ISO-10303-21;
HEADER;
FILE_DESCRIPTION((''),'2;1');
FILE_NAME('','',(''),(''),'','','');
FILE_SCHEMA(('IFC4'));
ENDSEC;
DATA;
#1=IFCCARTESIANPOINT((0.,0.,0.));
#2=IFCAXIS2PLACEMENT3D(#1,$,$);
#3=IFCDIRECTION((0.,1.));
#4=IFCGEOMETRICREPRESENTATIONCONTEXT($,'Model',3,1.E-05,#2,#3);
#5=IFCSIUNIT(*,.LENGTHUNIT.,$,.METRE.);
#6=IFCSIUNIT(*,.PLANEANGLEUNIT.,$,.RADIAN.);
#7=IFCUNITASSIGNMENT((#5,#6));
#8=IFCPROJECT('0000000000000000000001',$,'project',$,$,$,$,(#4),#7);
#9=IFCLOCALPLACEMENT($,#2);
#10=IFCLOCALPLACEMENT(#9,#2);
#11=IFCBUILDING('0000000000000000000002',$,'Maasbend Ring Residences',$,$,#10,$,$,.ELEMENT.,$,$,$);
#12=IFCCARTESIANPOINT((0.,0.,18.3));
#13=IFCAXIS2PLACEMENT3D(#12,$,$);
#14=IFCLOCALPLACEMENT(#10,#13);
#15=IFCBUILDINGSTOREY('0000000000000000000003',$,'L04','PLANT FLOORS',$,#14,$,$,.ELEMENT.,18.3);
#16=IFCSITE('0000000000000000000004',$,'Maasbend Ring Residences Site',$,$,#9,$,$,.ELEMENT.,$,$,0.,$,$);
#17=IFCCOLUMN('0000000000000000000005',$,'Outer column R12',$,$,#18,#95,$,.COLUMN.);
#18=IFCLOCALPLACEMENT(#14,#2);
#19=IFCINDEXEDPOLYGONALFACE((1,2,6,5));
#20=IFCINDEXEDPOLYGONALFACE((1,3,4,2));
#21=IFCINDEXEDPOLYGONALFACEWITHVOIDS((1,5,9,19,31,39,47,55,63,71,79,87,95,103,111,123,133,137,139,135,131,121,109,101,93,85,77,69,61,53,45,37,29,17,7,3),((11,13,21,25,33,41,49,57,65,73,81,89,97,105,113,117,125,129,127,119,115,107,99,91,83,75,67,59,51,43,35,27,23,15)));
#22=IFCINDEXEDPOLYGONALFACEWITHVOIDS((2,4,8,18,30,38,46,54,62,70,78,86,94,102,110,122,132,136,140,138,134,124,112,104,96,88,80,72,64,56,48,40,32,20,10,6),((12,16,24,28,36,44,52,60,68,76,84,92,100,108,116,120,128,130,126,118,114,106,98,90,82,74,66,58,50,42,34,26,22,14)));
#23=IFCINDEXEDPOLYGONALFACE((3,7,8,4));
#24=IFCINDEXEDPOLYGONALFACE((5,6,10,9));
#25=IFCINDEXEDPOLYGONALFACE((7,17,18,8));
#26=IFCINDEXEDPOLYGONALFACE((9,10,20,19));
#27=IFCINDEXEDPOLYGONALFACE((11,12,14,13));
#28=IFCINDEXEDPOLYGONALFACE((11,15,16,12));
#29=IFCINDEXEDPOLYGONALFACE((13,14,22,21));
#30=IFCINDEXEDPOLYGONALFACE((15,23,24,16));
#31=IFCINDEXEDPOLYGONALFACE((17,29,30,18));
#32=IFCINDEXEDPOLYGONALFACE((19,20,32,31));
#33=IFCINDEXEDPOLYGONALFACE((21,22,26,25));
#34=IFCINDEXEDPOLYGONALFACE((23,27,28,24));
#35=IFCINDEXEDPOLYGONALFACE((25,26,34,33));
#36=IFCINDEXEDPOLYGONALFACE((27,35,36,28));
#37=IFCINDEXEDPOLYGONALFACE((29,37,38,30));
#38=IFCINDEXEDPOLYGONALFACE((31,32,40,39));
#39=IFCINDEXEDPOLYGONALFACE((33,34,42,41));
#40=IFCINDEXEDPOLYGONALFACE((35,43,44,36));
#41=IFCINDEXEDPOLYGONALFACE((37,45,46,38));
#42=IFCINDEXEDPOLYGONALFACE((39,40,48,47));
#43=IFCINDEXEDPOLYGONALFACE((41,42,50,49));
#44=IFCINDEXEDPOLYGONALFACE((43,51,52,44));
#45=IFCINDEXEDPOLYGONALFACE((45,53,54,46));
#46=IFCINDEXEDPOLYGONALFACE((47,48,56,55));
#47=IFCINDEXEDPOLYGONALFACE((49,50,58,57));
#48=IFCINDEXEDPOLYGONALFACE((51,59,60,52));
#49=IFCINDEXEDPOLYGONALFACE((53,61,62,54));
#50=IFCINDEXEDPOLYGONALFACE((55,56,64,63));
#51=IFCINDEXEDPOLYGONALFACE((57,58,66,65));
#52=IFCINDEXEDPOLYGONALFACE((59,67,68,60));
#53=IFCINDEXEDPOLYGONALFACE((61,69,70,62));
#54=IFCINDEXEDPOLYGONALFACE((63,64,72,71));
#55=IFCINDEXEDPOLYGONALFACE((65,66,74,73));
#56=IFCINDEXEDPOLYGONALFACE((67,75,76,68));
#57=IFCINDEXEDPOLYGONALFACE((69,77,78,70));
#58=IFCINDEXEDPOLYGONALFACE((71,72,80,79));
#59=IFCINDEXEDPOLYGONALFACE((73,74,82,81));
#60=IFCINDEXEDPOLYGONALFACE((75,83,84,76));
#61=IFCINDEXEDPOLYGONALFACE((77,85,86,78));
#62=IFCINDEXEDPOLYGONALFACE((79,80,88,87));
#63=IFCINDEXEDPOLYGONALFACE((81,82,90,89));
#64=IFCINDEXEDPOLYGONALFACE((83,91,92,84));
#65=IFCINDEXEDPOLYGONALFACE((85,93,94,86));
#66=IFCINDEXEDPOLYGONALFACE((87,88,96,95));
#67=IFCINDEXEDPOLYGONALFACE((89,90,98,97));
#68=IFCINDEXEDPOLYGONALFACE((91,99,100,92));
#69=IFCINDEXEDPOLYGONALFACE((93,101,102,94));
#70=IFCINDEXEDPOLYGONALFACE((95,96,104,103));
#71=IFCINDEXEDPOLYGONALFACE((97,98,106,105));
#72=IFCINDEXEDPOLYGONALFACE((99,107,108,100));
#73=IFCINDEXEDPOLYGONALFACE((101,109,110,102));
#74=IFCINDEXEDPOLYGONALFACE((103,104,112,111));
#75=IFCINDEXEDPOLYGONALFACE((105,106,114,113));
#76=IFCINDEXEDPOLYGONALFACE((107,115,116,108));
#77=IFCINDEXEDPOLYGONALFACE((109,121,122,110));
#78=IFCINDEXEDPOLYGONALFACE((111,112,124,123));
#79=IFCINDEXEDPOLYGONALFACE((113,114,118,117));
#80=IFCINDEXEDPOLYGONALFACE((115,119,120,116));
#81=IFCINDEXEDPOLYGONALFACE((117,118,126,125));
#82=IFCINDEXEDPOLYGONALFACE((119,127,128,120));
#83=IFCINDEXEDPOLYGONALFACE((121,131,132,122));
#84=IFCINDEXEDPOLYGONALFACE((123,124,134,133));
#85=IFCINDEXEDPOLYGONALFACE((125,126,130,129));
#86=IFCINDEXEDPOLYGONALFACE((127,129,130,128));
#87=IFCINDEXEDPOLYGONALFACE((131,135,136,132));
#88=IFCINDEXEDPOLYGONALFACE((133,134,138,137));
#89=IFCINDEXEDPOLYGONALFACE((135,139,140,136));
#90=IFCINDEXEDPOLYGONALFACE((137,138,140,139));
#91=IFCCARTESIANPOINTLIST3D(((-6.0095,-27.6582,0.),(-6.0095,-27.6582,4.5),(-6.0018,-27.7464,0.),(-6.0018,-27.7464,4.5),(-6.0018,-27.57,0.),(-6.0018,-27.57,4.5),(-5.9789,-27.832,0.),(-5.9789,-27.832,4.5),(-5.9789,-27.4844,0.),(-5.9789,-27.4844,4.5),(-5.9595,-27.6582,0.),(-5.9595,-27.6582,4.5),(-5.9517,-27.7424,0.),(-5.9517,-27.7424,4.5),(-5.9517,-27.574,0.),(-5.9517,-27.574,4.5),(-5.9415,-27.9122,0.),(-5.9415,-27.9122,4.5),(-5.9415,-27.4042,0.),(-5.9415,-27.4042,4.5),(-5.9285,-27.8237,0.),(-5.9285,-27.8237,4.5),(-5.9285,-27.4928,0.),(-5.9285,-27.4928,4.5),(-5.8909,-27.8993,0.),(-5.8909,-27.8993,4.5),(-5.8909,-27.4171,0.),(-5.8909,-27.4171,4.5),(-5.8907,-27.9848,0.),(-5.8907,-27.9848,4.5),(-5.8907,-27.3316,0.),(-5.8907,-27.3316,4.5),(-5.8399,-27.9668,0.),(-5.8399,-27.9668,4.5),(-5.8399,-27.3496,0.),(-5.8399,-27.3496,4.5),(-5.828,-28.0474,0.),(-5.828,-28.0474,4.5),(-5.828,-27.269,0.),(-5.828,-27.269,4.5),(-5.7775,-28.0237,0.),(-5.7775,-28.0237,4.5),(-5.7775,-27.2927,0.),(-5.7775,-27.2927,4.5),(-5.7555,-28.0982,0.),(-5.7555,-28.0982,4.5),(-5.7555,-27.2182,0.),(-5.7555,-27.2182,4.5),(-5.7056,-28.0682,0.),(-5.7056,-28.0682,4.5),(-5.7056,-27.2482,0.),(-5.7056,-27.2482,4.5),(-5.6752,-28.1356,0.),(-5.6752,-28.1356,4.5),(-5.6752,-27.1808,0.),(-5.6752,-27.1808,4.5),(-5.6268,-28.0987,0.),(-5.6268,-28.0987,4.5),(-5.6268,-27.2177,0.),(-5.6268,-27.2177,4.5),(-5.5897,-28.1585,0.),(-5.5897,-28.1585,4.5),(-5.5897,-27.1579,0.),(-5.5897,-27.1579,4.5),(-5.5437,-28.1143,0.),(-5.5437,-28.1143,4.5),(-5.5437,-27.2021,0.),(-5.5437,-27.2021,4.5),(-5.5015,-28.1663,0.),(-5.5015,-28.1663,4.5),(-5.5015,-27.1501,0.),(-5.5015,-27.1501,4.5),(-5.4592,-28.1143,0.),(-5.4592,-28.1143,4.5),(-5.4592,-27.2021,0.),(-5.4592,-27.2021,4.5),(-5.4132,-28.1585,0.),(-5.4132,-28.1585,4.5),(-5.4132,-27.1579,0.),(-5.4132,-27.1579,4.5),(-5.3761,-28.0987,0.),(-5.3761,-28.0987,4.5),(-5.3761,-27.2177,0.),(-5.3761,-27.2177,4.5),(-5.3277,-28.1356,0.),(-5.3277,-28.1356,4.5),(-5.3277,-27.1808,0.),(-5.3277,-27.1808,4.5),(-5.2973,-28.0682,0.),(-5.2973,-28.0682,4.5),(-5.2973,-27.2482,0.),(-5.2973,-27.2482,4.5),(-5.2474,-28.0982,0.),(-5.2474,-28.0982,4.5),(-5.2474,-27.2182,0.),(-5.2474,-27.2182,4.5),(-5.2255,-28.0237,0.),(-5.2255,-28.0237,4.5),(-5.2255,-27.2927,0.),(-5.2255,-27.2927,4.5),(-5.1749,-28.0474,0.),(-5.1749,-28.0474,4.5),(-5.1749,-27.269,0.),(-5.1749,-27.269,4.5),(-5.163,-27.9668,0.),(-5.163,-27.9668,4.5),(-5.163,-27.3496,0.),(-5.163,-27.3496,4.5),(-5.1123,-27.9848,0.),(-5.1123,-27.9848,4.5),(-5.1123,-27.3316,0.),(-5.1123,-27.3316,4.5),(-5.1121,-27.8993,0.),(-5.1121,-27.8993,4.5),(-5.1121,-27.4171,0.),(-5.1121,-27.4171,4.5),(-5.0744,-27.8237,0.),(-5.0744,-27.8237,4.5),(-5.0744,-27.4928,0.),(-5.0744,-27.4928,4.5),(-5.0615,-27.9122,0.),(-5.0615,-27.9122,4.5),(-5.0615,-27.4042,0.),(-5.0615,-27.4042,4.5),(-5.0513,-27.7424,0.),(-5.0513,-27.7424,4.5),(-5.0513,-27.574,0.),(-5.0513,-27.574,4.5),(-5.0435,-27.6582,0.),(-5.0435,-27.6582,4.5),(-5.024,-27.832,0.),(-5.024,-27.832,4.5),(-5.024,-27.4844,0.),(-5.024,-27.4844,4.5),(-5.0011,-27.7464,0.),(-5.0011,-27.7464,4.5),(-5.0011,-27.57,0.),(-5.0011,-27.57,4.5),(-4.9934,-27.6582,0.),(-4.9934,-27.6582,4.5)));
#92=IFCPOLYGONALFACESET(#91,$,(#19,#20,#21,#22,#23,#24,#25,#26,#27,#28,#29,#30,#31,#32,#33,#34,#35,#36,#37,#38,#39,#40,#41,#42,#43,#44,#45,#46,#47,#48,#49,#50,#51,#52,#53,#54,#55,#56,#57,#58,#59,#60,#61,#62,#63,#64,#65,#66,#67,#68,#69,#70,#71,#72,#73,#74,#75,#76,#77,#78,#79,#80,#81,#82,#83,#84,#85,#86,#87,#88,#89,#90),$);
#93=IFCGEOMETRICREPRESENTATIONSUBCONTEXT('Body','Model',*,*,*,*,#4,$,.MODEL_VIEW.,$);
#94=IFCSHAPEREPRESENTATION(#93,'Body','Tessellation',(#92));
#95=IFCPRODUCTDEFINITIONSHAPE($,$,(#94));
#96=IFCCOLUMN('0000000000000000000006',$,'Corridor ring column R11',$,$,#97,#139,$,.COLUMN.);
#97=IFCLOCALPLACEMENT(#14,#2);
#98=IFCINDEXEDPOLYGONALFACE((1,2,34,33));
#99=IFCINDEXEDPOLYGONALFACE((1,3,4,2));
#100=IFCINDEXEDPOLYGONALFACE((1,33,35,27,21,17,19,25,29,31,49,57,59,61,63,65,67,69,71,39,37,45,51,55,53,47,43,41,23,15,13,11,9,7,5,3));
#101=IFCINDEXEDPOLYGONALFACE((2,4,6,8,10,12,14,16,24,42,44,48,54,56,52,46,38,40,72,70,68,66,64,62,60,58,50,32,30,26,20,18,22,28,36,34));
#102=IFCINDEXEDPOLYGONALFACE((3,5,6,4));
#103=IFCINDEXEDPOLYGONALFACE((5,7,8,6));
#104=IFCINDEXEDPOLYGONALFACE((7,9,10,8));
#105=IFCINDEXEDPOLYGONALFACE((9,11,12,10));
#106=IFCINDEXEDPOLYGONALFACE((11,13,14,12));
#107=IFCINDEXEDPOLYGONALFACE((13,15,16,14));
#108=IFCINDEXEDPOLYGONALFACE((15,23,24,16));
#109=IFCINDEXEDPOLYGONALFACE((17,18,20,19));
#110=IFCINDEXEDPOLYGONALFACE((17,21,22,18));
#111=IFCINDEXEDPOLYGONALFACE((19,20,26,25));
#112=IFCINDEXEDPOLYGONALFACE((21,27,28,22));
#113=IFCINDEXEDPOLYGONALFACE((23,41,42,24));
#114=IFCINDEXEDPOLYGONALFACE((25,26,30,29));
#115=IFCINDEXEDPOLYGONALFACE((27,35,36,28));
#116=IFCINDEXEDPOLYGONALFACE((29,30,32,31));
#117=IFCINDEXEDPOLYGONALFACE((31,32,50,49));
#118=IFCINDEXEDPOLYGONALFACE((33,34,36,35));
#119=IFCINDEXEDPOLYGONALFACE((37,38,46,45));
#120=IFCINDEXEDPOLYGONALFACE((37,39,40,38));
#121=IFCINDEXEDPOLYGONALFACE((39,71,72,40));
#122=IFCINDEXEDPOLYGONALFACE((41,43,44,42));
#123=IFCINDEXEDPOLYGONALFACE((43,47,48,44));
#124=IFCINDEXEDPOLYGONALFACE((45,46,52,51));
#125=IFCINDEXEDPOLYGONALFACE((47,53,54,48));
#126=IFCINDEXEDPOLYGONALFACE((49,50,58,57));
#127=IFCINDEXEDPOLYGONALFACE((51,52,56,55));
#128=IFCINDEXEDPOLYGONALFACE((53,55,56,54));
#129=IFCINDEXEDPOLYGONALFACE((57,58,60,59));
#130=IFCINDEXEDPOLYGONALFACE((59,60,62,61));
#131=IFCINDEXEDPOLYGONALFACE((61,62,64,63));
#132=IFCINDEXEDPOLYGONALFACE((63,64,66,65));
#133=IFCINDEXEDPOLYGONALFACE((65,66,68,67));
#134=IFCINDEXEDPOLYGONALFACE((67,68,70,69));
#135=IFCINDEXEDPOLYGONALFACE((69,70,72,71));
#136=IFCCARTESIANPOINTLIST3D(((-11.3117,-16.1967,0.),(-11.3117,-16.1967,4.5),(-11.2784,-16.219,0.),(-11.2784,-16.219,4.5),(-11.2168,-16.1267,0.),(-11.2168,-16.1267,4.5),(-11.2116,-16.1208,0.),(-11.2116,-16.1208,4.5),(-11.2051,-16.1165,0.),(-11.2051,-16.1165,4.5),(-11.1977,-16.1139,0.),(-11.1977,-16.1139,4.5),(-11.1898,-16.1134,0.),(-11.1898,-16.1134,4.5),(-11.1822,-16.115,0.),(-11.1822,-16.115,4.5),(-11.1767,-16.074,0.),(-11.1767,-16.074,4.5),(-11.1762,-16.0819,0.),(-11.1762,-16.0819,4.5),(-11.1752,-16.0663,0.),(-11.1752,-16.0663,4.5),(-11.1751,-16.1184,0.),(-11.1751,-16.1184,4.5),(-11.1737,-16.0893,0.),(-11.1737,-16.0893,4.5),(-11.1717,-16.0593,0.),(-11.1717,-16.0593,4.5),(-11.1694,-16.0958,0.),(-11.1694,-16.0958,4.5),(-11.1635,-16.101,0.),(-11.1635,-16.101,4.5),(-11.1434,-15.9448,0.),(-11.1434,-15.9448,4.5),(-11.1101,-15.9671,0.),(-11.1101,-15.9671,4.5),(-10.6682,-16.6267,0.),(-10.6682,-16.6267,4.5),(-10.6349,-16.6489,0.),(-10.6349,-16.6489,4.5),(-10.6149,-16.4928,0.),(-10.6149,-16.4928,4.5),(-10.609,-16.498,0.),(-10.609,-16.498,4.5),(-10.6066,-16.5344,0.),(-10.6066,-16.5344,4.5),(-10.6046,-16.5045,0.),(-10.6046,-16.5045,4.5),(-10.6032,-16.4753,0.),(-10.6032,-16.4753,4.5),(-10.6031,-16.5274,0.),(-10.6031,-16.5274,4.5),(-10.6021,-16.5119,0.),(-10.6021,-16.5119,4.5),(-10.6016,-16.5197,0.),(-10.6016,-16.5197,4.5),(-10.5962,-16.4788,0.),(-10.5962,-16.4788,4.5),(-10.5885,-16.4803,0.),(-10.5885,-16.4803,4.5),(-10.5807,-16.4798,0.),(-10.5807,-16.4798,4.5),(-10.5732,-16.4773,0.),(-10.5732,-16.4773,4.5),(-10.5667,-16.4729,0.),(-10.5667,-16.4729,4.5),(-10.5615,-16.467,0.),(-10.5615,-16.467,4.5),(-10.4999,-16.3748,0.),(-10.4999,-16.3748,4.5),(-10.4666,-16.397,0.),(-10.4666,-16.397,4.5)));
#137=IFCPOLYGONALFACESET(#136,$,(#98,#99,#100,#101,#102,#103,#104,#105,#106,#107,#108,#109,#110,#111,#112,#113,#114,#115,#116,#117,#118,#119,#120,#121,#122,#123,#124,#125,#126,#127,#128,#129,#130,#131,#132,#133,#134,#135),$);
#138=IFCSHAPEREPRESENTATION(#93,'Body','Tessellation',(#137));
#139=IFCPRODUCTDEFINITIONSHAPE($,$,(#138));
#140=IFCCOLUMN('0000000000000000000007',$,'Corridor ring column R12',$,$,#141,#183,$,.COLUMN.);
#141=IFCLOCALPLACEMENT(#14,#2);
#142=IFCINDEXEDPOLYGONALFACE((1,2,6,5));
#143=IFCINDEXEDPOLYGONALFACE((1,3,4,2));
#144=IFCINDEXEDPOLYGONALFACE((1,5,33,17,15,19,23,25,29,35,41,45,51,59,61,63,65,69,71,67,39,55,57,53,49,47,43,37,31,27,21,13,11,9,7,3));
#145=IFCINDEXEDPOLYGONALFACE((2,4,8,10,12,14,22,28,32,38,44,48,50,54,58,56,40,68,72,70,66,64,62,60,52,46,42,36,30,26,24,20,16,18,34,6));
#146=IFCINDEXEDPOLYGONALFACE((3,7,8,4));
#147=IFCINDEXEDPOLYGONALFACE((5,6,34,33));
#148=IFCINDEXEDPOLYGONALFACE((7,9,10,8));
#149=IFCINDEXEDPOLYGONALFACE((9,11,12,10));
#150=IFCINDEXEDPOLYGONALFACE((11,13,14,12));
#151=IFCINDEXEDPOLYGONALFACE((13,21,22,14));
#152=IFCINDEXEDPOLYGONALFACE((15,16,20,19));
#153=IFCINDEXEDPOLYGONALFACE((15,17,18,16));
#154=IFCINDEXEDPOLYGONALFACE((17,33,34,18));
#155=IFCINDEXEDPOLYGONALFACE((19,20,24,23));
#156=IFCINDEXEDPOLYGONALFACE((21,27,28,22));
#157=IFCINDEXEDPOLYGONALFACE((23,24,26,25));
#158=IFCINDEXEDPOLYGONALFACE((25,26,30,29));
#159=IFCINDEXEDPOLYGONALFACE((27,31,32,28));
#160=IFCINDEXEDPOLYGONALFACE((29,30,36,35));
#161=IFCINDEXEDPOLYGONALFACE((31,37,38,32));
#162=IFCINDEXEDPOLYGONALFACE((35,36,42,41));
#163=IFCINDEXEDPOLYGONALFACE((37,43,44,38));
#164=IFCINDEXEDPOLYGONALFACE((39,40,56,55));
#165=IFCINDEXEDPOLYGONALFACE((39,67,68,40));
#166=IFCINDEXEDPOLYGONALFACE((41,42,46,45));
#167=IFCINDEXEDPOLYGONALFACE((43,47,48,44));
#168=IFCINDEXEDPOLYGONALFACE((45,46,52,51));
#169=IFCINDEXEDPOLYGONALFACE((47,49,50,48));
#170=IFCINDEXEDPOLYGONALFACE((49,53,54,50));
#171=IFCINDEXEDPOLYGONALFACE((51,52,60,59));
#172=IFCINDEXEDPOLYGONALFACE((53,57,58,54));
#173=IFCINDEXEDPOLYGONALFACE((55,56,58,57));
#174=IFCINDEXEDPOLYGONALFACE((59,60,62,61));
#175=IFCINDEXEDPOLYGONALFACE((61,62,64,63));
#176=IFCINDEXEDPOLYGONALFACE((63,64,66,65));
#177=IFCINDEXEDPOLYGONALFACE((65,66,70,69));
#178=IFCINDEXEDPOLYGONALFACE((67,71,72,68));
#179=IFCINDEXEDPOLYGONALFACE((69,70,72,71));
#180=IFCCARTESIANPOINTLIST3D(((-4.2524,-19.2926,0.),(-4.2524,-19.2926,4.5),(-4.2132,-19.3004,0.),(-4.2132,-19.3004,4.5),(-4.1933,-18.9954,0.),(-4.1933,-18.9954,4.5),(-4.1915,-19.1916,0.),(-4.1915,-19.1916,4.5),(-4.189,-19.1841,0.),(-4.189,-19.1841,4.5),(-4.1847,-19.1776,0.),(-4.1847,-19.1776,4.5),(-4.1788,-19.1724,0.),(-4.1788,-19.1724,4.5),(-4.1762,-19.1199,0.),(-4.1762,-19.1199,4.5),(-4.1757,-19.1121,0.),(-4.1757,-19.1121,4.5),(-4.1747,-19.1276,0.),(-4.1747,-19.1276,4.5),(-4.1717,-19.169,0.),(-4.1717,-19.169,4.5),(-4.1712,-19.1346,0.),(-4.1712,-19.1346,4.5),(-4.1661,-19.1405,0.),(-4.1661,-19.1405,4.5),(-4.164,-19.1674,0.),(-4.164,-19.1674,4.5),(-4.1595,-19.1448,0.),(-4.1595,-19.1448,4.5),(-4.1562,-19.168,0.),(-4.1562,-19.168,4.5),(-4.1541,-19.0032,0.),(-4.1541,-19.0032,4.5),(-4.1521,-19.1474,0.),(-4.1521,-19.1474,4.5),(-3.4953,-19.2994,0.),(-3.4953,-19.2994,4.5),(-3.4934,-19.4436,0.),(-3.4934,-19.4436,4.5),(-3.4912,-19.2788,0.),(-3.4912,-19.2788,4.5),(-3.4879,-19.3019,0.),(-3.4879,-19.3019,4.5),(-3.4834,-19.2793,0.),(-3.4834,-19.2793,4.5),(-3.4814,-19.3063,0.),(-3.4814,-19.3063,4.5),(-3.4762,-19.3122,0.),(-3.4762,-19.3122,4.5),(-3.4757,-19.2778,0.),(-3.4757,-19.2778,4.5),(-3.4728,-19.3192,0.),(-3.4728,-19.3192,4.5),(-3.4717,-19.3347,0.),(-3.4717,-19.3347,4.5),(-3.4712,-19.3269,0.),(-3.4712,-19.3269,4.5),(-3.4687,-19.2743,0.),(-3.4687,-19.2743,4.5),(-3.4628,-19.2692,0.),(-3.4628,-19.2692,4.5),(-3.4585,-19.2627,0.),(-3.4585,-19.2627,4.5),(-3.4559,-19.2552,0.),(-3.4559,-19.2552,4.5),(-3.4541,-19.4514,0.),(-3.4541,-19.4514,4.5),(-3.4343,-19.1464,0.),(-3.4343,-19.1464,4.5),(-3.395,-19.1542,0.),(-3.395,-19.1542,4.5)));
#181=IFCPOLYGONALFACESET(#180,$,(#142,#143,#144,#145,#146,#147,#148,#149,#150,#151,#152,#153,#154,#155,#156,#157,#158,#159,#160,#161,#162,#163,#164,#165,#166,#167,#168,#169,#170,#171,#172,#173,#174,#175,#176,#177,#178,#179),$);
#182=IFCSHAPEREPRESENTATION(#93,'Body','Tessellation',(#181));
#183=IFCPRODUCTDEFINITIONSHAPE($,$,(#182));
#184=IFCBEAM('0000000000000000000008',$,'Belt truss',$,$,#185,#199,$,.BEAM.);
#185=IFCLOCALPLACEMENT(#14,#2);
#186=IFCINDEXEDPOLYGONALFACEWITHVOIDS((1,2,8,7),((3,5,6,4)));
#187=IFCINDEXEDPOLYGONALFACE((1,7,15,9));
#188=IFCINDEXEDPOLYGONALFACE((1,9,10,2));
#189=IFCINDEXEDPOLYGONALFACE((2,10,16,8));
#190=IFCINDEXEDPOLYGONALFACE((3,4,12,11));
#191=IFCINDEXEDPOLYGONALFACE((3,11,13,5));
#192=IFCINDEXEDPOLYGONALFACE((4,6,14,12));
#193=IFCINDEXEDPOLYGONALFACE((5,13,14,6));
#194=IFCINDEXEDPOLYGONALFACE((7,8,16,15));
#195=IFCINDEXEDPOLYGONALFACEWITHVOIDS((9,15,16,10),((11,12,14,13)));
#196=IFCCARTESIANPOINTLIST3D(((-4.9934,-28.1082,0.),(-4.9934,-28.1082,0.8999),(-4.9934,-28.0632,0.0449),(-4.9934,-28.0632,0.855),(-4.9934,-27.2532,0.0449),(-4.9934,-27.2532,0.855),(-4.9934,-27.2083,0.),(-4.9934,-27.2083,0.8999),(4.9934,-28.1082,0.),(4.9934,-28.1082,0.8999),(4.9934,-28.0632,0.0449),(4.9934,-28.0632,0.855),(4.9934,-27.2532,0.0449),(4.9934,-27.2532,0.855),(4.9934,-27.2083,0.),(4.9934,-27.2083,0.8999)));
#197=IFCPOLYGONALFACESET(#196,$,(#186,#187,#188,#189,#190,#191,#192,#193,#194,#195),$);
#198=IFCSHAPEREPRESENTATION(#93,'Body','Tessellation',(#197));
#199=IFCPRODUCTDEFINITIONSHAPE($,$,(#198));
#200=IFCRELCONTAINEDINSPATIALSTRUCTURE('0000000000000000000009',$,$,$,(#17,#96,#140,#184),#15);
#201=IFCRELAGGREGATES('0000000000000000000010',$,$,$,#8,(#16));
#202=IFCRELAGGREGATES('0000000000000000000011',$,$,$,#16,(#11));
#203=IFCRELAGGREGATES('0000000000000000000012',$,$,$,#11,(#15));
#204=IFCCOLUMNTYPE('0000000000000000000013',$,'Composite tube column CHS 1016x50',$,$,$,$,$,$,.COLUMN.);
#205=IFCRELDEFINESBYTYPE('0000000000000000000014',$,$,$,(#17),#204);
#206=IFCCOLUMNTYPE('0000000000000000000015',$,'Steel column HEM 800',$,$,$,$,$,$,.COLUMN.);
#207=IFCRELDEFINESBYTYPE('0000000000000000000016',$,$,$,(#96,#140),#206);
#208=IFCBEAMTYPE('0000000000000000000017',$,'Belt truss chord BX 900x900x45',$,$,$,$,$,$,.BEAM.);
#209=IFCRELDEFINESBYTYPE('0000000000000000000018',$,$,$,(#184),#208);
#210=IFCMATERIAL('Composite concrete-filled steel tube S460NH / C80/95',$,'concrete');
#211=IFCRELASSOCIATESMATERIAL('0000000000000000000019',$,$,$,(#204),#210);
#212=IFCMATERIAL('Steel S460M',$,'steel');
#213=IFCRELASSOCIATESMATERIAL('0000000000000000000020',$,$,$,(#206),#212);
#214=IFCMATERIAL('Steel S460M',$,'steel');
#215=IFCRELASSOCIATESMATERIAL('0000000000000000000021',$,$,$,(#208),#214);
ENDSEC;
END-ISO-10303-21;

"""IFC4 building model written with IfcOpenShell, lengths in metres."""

from ifc_helpers import new_model, si_unit, direction, frame, origin, origin_2d, place, context, subcontext, project, spatial, hollow_rectangle, hollow_circle, i_section, extrude, material, material_profile, profile_set, type_object, element, save


model = new_model("IFC4")

# Units and contexts
model_context = context("Model", 3, precision=1e-05, world=origin(), true_north=direction((0.0, 1.0)))
body_context = subcontext(model_context, "Body", "Model", "MODEL_VIEW")
ifc_project = project(units=[si_unit("LENGTHUNIT", "METRE"), si_unit("PLANEANGLEUNIT", "RADIAN")], contexts=[model_context])

# Site, building, storey
site_placement = place(None, origin())
site = spatial("IfcSite", under=ifc_project, at=site_placement, Name="Maasbend Ring Residences Site", CompositionType="ELEMENT", RefElevation=0.0)
building_placement = place(site_placement, origin())
building = spatial("IfcBuilding", under=site, at=building_placement, Name="Maasbend Ring Residences", CompositionType="ELEMENT")
storey_placement = place(building_placement, frame((0.0, 0.0, 18.3)))
storey = spatial("IfcBuildingStorey", under=building, at=storey_placement, Name="L04", Description="PLANT FLOORS", CompositionType="ELEMENT", Elevation=18.3)

# Columns
ifc_material_1 = material(Name="Composite concrete-filled steel tube S460NH / C80/95", Category="concrete")
ifc_material_profile_1 = material_profile(ifc_material_1, hollow_circle(Radius=0.5081, WallThickness=0.05, at=origin_2d()), Name="Composite tube column CHS 1016x50")
ifc_profile_set_1 = profile_set([ifc_material_profile_1], Name="Composite concrete-filled steel tube S460NH / C80/95")
column_type_1 = type_object("IfcColumnType", Name="Composite tube column CHS 1016x50", PredefinedType="COLUMN", material=ifc_profile_set_1)
column_placement = place(storey_placement, frame((-5.5015, -27.6582, 0.0), z_axis=(0.0, 0.0, 1.0), x_axis=(1.0, 0.0, 0.0)))
element("IfcColumn", 1, at=column_placement, inside=storey, type_object=column_type_1, Name="Outer column R12", PredefinedType="COLUMN", context=body_context, shape_type="SweptSolid", body=[
    extrude(hollow_circle(Radius=0.5081, WallThickness=0.05, at=origin_2d()), origin(), (0.0, 0.0, 1.0), 4.5),
])
ifc_material_2 = material(Name="Steel S460M", Category="steel")
ifc_material_profile_2 = material_profile(ifc_material_2, i_section(OverallWidth=0.303, OverallDepth=0.814, WebThickness=0.021, FlangeThickness=0.04, FilletRadius=0.03, at=origin_2d()), Name="HEM 800")
ifc_profile_set_2 = profile_set([ifc_material_profile_2], Name="Steel S460M")
column_type_2 = type_object("IfcColumnType", Name="Steel column HEM 800", PredefinedType="COLUMN", material=ifc_profile_set_2)
for number, where, z_axis, x_axis, name in (
    (2, (-10.8892, -16.2969, 0.0), (0.0, 0.0, 1.0), (-0.55557, -0.83147, 0.0), "Corridor ring column R11"),
    (3, (-3.8237, -19.2234, 0.0), (0.0, 0.0, 1.0), (-0.19509, -0.980785, 0.0), "Corridor ring column R12"),
):
    element("IfcColumn", number, at=place(storey_placement, frame(where, z_axis=z_axis, x_axis=x_axis)), inside=storey, type_object=column_type_2, Name=name, PredefinedType="COLUMN", context=body_context, shape_type="SweptSolid", body=[
        extrude(i_section(OverallWidth=0.303, OverallDepth=0.814, WebThickness=0.021, FlangeThickness=0.04, FilletRadius=0.03, at=origin_2d()), origin(), (0.0, 0.0, 1.0), 4.5),
    ])

# Beam
ifc_material_3 = material(Name="Steel S460M", Category="steel")
ifc_material_profile_3 = material_profile(ifc_material_3, hollow_rectangle(XDim=0.8999, YDim=0.8999, WallThickness=0.0449, at=origin_2d()), Name="Belt truss chord BX 900x900x45")
ifc_profile_set_3 = profile_set([ifc_material_profile_3], Name="Steel S460M")
beam_type_1 = type_object("IfcBeamType", Name="Belt truss chord BX 900x900x45", PredefinedType="BEAM", material=ifc_profile_set_3)
beam_1_placement = place(storey_placement, frame((-4.9934, -27.6582, 0.45), z_axis=(1.0, 0.0, 0.0), x_axis=(0.0, 1.0, 0.0)))
element("IfcBeam", 4, at=beam_1_placement, inside=storey, type_object=beam_type_1, Name="Belt truss", PredefinedType="BEAM", context=body_context, shape_type="SweptSolid", body=[
    extrude(hollow_rectangle(XDim=0.8999, YDim=0.8999, WallThickness=0.0449, at=origin_2d()), origin(), (0.0, 0.0, 1.0), 9.9868),
])

save(model, "model.ifc")
